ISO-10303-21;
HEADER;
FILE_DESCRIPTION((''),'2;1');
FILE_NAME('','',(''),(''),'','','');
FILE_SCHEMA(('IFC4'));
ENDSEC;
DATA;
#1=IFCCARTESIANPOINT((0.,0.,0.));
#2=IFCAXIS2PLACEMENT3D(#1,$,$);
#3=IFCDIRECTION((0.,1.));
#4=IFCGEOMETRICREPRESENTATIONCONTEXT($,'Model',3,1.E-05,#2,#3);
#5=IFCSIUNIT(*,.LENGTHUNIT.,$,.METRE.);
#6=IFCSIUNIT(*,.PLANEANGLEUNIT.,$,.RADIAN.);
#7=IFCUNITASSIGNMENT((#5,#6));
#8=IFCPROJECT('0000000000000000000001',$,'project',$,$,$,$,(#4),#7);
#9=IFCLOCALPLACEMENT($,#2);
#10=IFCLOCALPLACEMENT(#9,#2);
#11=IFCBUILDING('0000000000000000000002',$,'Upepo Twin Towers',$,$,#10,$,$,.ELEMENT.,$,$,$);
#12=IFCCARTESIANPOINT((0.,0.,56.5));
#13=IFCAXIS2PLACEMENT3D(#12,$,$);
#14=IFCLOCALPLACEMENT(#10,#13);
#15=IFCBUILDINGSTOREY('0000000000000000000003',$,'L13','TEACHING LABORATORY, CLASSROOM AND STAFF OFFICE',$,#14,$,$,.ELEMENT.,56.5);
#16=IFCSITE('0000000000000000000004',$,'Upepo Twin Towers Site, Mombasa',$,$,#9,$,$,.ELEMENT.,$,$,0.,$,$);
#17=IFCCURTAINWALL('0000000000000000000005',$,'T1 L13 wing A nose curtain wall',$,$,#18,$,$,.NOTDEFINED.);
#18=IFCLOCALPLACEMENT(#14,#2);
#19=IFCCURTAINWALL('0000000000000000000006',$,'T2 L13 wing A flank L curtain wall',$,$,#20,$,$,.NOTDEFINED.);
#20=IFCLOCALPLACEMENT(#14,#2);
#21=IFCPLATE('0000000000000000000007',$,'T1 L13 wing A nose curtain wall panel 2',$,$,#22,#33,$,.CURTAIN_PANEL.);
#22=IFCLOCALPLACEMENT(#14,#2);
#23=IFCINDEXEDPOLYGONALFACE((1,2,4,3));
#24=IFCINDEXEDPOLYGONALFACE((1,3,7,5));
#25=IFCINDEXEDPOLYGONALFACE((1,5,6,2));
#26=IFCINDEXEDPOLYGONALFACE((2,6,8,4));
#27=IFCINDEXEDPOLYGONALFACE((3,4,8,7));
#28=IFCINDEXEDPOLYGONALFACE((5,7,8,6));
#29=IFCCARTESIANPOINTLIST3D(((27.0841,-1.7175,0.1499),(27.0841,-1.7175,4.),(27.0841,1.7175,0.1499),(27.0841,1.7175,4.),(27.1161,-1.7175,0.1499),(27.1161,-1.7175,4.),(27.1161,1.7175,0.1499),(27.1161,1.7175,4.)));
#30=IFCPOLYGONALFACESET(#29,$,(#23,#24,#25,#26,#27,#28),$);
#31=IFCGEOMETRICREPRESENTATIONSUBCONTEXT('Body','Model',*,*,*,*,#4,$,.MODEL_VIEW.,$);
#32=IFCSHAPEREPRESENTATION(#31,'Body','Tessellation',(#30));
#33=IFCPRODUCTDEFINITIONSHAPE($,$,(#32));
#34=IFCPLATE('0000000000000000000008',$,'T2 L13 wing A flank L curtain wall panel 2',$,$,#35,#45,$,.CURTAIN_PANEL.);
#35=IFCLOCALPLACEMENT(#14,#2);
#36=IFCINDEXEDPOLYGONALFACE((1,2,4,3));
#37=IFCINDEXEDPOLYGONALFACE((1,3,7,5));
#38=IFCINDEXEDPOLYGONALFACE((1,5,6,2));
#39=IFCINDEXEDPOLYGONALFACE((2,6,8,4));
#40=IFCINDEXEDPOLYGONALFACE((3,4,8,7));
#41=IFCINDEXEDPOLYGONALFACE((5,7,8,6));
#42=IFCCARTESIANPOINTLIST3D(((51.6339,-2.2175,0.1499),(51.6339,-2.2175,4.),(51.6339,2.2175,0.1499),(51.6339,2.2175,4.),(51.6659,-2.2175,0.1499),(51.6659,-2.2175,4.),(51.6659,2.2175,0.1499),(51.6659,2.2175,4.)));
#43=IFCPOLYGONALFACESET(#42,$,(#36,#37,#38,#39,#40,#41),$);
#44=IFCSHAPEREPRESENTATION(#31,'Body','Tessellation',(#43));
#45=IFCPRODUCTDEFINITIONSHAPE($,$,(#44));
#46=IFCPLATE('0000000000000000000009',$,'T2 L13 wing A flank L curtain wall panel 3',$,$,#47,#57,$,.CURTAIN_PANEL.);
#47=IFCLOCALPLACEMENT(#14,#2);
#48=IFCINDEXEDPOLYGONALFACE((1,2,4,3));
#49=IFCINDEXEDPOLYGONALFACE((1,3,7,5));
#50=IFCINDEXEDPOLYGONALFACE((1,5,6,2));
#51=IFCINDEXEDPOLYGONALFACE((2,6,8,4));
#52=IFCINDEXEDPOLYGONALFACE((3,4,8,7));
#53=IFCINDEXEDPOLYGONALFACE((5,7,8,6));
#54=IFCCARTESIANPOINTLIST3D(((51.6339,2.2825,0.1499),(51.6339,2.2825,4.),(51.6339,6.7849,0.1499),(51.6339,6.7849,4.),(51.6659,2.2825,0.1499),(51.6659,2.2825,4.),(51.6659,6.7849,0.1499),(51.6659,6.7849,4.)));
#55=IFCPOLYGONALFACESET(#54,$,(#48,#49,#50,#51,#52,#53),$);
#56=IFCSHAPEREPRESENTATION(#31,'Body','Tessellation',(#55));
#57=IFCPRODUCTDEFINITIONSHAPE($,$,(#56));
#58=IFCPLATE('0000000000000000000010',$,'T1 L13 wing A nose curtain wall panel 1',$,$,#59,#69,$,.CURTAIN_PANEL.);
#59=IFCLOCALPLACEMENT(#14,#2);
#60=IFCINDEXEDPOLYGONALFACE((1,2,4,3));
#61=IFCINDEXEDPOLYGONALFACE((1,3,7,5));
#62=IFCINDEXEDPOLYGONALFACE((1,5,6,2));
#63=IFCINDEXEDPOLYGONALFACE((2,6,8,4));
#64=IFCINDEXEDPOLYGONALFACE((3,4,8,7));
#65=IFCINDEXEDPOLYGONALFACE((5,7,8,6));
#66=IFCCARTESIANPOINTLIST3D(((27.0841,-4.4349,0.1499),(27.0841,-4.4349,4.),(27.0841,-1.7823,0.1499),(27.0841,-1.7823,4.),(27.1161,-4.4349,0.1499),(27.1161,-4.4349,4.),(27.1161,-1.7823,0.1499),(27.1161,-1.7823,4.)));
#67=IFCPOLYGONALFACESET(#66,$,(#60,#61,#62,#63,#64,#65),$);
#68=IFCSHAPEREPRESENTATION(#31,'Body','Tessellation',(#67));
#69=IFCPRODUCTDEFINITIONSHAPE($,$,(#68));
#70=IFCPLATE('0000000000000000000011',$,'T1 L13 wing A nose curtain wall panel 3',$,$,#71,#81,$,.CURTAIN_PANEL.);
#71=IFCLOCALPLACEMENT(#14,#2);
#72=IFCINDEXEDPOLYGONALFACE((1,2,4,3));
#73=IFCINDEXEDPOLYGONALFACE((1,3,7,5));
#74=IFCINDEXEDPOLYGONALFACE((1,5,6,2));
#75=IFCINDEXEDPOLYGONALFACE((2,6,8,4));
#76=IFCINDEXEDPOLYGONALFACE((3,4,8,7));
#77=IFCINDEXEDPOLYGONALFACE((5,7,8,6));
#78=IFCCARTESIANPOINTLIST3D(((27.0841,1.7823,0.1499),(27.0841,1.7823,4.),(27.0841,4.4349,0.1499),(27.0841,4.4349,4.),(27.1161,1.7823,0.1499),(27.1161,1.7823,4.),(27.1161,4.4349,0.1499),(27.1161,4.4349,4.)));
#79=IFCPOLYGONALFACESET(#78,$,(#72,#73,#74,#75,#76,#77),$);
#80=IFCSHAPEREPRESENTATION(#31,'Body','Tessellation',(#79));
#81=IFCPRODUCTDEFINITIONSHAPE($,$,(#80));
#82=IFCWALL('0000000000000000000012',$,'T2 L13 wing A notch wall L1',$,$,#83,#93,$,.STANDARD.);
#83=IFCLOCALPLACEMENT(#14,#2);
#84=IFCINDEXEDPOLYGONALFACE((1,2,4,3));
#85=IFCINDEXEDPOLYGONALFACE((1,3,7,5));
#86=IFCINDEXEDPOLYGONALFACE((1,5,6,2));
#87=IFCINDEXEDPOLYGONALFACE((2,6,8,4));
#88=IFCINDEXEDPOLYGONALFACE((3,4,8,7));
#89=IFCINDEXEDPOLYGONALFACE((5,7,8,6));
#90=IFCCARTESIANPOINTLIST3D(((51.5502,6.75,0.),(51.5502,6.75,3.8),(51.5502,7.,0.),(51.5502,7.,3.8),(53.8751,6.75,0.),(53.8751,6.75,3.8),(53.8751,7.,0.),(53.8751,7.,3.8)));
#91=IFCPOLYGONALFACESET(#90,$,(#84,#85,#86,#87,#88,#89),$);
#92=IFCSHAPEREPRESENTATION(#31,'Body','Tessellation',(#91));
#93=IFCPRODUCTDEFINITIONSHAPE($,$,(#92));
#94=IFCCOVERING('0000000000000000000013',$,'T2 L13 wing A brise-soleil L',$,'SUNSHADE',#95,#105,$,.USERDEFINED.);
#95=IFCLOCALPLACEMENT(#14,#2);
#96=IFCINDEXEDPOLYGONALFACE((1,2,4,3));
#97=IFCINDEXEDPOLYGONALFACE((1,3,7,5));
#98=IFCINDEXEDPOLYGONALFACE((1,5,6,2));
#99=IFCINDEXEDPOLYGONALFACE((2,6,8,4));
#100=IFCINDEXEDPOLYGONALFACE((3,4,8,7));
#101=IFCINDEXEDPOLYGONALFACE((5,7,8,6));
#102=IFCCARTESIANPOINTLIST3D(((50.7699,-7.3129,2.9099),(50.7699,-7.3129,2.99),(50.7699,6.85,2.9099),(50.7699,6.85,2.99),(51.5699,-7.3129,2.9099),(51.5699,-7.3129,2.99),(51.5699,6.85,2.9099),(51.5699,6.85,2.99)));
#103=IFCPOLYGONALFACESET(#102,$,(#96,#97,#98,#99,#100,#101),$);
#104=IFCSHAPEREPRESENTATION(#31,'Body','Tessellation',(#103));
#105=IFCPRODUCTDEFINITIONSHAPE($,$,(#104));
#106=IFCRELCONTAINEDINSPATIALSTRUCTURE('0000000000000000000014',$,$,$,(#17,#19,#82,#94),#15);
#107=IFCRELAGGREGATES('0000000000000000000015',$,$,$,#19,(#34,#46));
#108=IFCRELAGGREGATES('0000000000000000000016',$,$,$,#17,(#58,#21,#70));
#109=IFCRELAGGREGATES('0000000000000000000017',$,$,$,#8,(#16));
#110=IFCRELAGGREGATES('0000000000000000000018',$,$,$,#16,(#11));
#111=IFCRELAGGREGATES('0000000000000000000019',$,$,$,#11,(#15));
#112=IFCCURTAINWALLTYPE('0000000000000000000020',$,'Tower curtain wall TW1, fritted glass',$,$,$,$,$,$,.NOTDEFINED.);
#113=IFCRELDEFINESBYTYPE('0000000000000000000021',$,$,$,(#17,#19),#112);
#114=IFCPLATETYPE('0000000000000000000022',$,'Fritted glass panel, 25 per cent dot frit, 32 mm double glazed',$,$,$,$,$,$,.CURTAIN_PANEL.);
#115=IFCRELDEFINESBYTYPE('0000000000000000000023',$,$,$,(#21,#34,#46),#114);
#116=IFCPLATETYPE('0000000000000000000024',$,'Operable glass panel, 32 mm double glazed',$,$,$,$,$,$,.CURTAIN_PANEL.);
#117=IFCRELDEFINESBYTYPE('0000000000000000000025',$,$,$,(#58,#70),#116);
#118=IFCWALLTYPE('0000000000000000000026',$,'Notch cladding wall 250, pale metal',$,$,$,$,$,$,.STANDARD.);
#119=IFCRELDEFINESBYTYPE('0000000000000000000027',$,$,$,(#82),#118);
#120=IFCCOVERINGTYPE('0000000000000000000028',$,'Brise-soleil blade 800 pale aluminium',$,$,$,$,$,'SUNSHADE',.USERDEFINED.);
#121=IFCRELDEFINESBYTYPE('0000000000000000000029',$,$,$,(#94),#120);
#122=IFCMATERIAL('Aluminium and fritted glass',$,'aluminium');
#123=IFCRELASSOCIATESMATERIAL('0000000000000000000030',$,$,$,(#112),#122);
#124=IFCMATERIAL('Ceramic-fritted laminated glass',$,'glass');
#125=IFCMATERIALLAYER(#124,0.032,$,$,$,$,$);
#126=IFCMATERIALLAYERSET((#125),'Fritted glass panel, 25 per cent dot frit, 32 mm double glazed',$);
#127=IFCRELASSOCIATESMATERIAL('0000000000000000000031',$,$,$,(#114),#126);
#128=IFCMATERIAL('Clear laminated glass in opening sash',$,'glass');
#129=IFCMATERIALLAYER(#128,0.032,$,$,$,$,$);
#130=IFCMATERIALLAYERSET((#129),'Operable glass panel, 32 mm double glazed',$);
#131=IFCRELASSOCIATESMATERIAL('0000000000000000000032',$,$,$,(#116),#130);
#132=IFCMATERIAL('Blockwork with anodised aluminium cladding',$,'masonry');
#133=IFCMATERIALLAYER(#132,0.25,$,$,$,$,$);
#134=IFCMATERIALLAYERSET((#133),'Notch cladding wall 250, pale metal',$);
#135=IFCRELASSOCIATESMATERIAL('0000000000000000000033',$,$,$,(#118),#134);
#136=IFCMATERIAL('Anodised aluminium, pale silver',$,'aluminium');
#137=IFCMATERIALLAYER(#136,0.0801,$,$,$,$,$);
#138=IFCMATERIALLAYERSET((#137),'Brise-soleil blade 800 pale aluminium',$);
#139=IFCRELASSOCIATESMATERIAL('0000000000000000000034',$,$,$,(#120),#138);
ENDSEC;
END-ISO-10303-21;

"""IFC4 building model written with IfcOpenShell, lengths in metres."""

from ifc_helpers import new_model, si_unit, direction, frame, frame_2d, origin, origin_2d, place, context, subcontext, project, spatial, rectangle, extrude, material, layer, layer_set, type_object, element, aggregate, save


model = new_model("IFC4")

# Units and contexts
model_context = context("Model", 3, precision=1e-05, world=origin(), true_north=direction((0.0, 1.0)))
body_context = subcontext(model_context, "Body", "Model", "MODEL_VIEW")
ifc_project = project(units=[si_unit("LENGTHUNIT", "METRE"), si_unit("PLANEANGLEUNIT", "RADIAN")], contexts=[model_context])

# Site, building, storey
site_placement = place(None, origin())
site = spatial("IfcSite", under=ifc_project, at=site_placement, Name="Upepo Twin Towers Site, Mombasa", CompositionType="ELEMENT", RefElevation=0.0)
building_placement = place(site_placement, origin())
building = spatial("IfcBuilding", under=site, at=building_placement, Name="Upepo Twin Towers", CompositionType="ELEMENT")
storey_placement = place(building_placement, frame((0.0, 0.0, 56.5)))
storey = spatial("IfcBuildingStorey", under=building, at=storey_placement, Name="L13", Description="TEACHING LABORATORY, CLASSROOM AND STAFF OFFICE", CompositionType="ELEMENT", Elevation=56.5)

# Curtain wall
ifc_material_1 = material(Name="Aluminium and fritted glass", Category="aluminium")
curtain_wall_type = type_object("IfcCurtainWallType", Name="Tower curtain wall TW1, fritted glass", PredefinedType="NOTDEFINED", material=ifc_material_1)
curtain_wall_1_placement = place(storey_placement, origin())
curtain_wall_1 = element("IfcCurtainWall", 1, at=curtain_wall_1_placement, inside=storey, type_object=curtain_wall_type, Name="T1 L13 wing A nose curtain wall", PredefinedType="NOTDEFINED")

# Curtain wall
curtain_wall_2_placement = place(storey_placement, origin())
curtain_wall_2 = element("IfcCurtainWall", 2, at=curtain_wall_2_placement, inside=storey, type_object=curtain_wall_type, Name="T2 L13 wing A flank L curtain wall", PredefinedType="NOTDEFINED")

# Plates
ifc_material_2 = material(Name="Ceramic-fritted laminated glass", Category="glass")
ifc_layer_1 = layer(ifc_material_2, 0.032)
ifc_layer_set_1 = layer_set([ifc_layer_1], Name="Fritted glass panel, 25 per cent dot frit, 32 mm double glazed")
plate_type_1 = type_object("IfcPlateType", Name="Fritted glass panel, 25 per cent dot frit, 32 mm double glazed", PredefinedType="CURTAIN_PANEL", material=ifc_layer_set_1)
plate_1_placement = place(storey_placement, frame((27.1001, 0.0, 0.1499), z_axis=(0.0, 0.0, 1.0), x_axis=(0.0, 1.0, 0.0)))
plate_1 = element("IfcPlate", 3, at=plate_1_placement, type_object=plate_type_1, Name="T1 L13 wing A nose curtain wall panel 2", PredefinedType="CURTAIN_PANEL", context=body_context, shape_type="SweptSolid", body=[
    extrude(rectangle(XDim=3.4351, YDim=0.032, at=origin_2d()), origin(), (0.0, 0.0, 1.0), 3.8501),
])
plate_2_placement = place(storey_placement, frame((51.6499, 0.0, 0.1499), z_axis=(0.0, 0.0, 1.0), x_axis=(0.0, 1.0, 0.0)))
plate_2 = element("IfcPlate", 4, at=plate_2_placement, type_object=plate_type_1, Name="T2 L13 wing A flank L curtain wall panel 2", PredefinedType="CURTAIN_PANEL", context=body_context, shape_type="SweptSolid", body=[
    extrude(rectangle(XDim=4.4351, YDim=0.032, at=origin_2d()), origin(), (0.0, 0.0, 1.0), 3.8501),
])
plate_3_placement = place(storey_placement, frame((51.6499, 4.5337, 0.1499), z_axis=(0.0, 0.0, 1.0), x_axis=(0.0, 1.0, 0.0)))
plate_3 = element("IfcPlate", 5, at=plate_3_placement, type_object=plate_type_1, Name="T2 L13 wing A flank L curtain wall panel 3", PredefinedType="CURTAIN_PANEL", context=body_context, shape_type="SweptSolid", body=[
    extrude(rectangle(XDim=4.5024, YDim=0.032, at=origin_2d()), origin(), (0.0, 0.0, 1.0), 3.8501),
])
aggregate(curtain_wall_2, [plate_2, plate_3])
ifc_material_3 = material(Name="Clear laminated glass in opening sash", Category="glass")
ifc_layer_2 = layer(ifc_material_3, 0.032)
ifc_layer_set_2 = layer_set([ifc_layer_2], Name="Operable glass panel, 32 mm double glazed")
plate_type_2 = type_object("IfcPlateType", Name="Operable glass panel, 32 mm double glazed", PredefinedType="CURTAIN_PANEL", material=ifc_layer_set_2)
plate_4_placement = place(storey_placement, frame((27.1001, -3.1086, 0.1499), z_axis=(0.0, 0.0, 1.0), x_axis=(0.0, 1.0, 0.0)))
plate_4 = element("IfcPlate", 6, at=plate_4_placement, type_object=plate_type_2, Name="T1 L13 wing A nose curtain wall panel 1", PredefinedType="CURTAIN_PANEL", context=body_context, shape_type="SweptSolid", body=[
    extrude(rectangle(XDim=2.6526, YDim=0.032, at=origin_2d()), origin(), (0.0, 0.0, 1.0), 3.8501),
])
plate_5_placement = place(storey_placement, frame((27.1001, 3.1086, 0.1499), z_axis=(0.0, 0.0, 1.0), x_axis=(0.0, 1.0, 0.0)))
plate_5 = element("IfcPlate", 7, at=plate_5_placement, type_object=plate_type_2, Name="T1 L13 wing A nose curtain wall panel 3", PredefinedType="CURTAIN_PANEL", context=body_context, shape_type="SweptSolid", body=[
    extrude(rectangle(XDim=2.6526, YDim=0.032, at=origin_2d()), origin(), (0.0, 0.0, 1.0), 3.8501),
])
aggregate(curtain_wall_1, [plate_4, plate_1, plate_5])

# Wall
ifc_material_4 = material(Name="Blockwork with anodised aluminium cladding", Category="masonry")
ifc_layer_3 = layer(ifc_material_4, 0.25)
ifc_layer_set_3 = layer_set([ifc_layer_3], Name="Notch cladding wall 250, pale metal")
wall_type = type_object("IfcWallType", Name="Notch cladding wall 250, pale metal", PredefinedType="STANDARD", material=ifc_layer_set_3)
wall_placement = place(storey_placement, frame((51.55, 6.875, 0.0), z_axis=(0.0, 0.0, 1.0), x_axis=(1.0, 0.0, 0.0)))
element("IfcWall", 8, at=wall_placement, inside=storey, type_object=wall_type, Name="T2 L13 wing A notch wall L1", PredefinedType="STANDARD", context=body_context, shape_type="SweptSolid", body=[
    extrude(rectangle(XDim=2.325, YDim=0.25, at=frame_2d((1.1626, 0.0))), origin(), (0.0, 0.0, 1.0), 3.8),
])

# Covering
ifc_material_5 = material(Name="Anodised aluminium, pale silver", Category="aluminium")
ifc_layer_4 = layer(ifc_material_5, 0.0801)
ifc_layer_set_4 = layer_set([ifc_layer_4], Name="Brise-soleil blade 800 pale aluminium")
covering_type = type_object("IfcCoveringType", Name="Brise-soleil blade 800 pale aluminium", ElementType="SUNSHADE", PredefinedType="USERDEFINED", material=ifc_layer_set_4)
covering_placement = place(storey_placement, frame((51.1699, -0.2314, 2.9099), z_axis=(0.0, 0.0, 1.0), x_axis=(0.0, 1.0, 0.0)))
element("IfcCovering", 9, at=covering_placement, inside=storey, type_object=covering_type, Name="T2 L13 wing A brise-soleil L", ObjectType="SUNSHADE", PredefinedType="USERDEFINED", context=body_context, shape_type="SweptSolid", body=[
    extrude(rectangle(XDim=14.1628, YDim=0.8, at=origin_2d()), origin(), (0.0, 0.0, 1.0), 0.0801),
])

save(model, "model.ifc")
